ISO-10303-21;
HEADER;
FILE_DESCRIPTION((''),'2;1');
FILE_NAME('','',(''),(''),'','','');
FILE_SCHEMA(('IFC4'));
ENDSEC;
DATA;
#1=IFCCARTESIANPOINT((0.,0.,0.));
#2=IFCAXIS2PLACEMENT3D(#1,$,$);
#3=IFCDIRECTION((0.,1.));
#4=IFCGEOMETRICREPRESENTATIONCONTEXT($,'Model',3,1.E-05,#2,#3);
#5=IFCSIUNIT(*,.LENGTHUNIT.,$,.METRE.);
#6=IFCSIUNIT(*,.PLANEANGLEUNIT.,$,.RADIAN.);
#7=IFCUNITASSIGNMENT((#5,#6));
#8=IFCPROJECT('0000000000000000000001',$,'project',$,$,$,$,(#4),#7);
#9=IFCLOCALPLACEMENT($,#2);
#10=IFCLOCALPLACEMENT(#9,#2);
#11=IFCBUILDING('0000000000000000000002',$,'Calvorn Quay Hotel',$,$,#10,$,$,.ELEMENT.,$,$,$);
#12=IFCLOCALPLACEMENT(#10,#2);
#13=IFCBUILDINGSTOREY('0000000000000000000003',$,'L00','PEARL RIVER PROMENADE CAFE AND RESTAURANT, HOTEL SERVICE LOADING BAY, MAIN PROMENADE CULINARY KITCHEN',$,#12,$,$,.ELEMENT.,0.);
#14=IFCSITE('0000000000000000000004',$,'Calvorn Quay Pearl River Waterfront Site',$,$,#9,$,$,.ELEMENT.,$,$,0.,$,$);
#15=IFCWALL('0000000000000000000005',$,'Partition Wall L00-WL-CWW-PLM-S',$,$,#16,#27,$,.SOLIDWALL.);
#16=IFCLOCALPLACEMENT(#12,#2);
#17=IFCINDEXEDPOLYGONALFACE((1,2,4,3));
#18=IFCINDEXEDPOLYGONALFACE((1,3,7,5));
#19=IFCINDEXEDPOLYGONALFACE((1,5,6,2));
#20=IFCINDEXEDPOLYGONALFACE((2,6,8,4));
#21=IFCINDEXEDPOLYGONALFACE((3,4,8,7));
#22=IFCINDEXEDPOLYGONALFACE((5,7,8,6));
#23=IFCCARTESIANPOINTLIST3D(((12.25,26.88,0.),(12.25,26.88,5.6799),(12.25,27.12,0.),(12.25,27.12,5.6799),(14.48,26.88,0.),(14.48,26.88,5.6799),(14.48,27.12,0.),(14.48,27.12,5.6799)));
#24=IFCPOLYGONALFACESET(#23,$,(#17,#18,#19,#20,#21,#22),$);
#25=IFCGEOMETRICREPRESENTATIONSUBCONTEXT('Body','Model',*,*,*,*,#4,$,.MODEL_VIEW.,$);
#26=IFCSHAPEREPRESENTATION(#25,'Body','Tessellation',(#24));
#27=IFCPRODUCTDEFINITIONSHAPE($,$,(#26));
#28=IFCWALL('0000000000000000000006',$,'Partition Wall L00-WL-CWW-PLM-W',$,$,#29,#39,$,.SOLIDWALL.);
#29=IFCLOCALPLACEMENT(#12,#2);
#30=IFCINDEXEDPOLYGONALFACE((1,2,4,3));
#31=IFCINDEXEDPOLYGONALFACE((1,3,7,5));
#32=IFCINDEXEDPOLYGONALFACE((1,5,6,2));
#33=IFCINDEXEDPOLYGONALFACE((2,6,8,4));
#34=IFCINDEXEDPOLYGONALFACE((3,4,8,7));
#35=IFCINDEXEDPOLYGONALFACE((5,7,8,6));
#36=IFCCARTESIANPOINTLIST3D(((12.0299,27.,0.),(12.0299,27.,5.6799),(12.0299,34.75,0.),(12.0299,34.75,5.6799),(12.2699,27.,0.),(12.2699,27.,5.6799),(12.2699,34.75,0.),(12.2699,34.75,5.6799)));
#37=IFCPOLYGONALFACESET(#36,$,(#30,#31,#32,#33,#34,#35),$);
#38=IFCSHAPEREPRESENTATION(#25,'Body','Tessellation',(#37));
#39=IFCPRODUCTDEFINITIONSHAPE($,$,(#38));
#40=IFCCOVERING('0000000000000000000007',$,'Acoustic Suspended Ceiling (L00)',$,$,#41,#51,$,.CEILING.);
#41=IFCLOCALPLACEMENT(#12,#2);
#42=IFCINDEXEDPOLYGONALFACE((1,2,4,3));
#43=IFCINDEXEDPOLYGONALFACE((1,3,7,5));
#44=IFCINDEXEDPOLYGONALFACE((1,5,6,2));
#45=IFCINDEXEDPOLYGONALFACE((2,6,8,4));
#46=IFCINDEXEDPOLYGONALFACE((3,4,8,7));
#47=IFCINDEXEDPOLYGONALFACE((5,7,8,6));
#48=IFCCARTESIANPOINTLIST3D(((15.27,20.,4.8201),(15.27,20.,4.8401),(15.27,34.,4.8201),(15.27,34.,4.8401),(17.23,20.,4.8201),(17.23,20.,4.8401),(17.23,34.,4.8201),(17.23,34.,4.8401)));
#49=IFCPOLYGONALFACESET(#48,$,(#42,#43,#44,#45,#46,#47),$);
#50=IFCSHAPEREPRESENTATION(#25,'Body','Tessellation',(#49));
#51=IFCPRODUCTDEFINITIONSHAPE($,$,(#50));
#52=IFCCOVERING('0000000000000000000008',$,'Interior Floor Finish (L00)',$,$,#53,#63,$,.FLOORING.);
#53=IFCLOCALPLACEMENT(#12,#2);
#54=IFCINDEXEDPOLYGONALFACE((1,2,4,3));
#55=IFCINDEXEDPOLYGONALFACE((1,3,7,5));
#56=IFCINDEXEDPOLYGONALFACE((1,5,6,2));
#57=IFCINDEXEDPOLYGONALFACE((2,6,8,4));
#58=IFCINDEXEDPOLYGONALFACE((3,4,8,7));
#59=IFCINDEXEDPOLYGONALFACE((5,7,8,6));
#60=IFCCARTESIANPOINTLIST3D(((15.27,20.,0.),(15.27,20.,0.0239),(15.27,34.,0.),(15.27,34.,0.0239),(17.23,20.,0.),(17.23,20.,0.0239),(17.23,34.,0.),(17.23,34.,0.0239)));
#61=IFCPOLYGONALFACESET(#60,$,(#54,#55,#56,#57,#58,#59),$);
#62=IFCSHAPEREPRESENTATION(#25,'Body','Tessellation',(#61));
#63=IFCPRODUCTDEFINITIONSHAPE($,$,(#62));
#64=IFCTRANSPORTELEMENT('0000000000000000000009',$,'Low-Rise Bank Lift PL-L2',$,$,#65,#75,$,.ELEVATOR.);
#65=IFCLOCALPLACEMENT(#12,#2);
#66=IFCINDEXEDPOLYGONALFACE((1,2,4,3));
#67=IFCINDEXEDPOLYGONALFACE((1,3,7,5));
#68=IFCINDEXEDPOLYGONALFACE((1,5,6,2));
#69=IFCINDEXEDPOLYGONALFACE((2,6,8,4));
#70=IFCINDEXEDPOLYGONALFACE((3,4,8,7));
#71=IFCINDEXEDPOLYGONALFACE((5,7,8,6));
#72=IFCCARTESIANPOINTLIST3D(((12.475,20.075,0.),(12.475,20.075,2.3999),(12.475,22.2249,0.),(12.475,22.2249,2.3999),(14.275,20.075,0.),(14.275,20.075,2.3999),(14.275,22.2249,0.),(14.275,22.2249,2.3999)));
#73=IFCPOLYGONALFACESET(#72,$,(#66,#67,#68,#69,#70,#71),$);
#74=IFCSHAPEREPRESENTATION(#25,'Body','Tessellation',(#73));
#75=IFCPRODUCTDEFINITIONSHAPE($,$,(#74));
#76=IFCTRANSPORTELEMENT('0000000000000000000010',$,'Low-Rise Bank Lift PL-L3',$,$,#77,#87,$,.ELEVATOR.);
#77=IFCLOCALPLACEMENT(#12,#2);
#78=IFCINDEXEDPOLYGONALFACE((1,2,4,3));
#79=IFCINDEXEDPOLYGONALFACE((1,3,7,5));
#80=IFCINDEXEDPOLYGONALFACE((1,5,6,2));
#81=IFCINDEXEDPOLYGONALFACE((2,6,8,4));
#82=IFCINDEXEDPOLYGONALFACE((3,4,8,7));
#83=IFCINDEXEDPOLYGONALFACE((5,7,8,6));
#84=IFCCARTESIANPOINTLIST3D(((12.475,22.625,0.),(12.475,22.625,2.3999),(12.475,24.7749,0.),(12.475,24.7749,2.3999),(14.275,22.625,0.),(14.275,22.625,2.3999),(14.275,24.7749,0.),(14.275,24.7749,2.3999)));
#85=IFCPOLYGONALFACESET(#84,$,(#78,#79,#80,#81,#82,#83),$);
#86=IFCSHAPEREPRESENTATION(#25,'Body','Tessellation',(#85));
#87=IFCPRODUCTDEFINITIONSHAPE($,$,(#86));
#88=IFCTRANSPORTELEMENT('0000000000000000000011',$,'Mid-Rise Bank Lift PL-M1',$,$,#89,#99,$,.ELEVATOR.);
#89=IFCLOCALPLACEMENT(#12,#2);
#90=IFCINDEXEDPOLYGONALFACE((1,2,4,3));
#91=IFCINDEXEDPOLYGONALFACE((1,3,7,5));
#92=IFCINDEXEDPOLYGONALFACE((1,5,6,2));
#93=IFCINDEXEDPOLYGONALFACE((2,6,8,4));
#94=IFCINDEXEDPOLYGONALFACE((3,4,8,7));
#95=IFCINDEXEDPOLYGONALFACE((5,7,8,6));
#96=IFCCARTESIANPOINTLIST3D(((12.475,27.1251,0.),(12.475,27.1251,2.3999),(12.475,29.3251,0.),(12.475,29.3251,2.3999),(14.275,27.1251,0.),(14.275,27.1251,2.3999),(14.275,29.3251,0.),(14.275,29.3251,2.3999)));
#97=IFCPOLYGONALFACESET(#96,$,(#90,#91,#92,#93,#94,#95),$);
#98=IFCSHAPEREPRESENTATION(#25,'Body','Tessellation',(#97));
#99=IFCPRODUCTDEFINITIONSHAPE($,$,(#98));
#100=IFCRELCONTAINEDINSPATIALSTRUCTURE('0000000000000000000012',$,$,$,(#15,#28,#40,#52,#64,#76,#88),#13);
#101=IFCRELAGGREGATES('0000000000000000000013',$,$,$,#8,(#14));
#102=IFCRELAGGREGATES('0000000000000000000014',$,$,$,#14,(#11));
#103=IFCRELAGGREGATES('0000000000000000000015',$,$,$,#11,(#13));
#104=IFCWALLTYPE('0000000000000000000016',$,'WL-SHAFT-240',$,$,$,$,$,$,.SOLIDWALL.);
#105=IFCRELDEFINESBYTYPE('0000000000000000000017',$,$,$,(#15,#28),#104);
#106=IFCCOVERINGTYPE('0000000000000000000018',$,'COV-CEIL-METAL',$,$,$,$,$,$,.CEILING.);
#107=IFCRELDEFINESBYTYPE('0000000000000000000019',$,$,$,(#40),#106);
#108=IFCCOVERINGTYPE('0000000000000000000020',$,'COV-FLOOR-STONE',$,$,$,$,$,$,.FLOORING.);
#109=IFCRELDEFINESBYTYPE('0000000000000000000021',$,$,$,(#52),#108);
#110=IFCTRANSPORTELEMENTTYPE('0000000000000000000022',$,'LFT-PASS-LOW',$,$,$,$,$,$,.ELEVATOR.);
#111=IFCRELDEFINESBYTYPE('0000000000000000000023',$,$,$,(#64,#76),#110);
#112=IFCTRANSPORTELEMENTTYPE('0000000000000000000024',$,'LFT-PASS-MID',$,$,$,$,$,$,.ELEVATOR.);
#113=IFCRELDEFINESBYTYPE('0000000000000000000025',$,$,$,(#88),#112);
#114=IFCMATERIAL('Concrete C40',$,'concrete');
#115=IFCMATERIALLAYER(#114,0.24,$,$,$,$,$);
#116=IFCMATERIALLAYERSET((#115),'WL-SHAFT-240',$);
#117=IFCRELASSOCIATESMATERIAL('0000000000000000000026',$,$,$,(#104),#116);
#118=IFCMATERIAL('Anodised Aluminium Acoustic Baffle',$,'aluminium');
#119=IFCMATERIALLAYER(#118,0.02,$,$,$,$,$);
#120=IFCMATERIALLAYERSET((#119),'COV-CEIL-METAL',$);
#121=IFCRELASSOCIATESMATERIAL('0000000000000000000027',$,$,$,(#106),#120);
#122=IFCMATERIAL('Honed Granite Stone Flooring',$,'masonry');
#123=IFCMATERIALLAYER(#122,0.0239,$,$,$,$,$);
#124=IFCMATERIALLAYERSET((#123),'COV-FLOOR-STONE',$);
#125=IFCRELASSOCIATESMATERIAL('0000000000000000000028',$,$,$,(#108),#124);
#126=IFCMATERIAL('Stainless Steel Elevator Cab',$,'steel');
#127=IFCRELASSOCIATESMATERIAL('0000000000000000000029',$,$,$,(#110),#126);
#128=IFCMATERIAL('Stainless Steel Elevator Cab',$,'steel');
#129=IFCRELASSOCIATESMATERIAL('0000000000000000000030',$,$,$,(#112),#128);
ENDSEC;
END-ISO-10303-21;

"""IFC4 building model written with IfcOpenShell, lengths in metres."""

from ifc_helpers import new_model, si_unit, direction, frame, frame_2d, origin, origin_2d, place, context, subcontext, project, spatial, rectangle, extrude, material, layer, layer_set, type_object, element, save


model = new_model("IFC4")

# Units and contexts
model_context = context("Model", 3, precision=1e-05, world=origin(), true_north=direction((0.0, 1.0)))
body_context = subcontext(model_context, "Body", "Model", "MODEL_VIEW")
ifc_project = project(units=[si_unit("LENGTHUNIT", "METRE"), si_unit("PLANEANGLEUNIT", "RADIAN")], contexts=[model_context])

# Site, building, storey
site_placement = place(None, origin())
site = spatial("IfcSite", under=ifc_project, at=site_placement, Name="Calvorn Quay Pearl River Waterfront Site", CompositionType="ELEMENT", RefElevation=0.0)
building_placement = place(site_placement, origin())
building = spatial("IfcBuilding", under=site, at=building_placement, Name="Calvorn Quay Hotel", CompositionType="ELEMENT")
storey_placement = place(building_placement, origin())
storey = spatial("IfcBuildingStorey", under=building, at=storey_placement, Name="L00", Description="PEARL RIVER PROMENADE CAFE AND RESTAURANT, HOTEL SERVICE LOADING BAY, MAIN PROMENADE CULINARY KITCHEN", CompositionType="ELEMENT", Elevation=0.0)

# Shared definitions
ifc_material_1 = material(Name="Concrete C40", Category="concrete")
ifc_layer_1 = layer(ifc_material_1, 0.24)
ifc_layer_set_1 = layer_set([ifc_layer_1], Name="WL-SHAFT-240")
wall_type_1 = type_object("IfcWallType", Name="WL-SHAFT-240", PredefinedType="SOLIDWALL", material=ifc_layer_set_1)

# Walls
wall_1_placement = place(storey_placement, frame((12.25, 27.0, 0.0), z_axis=(0.0, 0.0, 1.0), x_axis=(1.0, 0.0, 0.0)))
element("IfcWall", 1, at=wall_1_placement, inside=storey, type_object=wall_type_1, Name="Partition Wall L00-WL-CWW-PLM-S", PredefinedType="SOLIDWALL", context=body_context, shape_type="SweptSolid", body=[
    extrude(rectangle(XDim=2.23, YDim=0.24, at=frame_2d((1.115, 0.0))), origin(), (0.0, 0.0, 1.0), 5.6799),
])
wall_2_placement = place(storey_placement, frame((12.1499, 27.0, 0.0), z_axis=(0.0, 0.0, 1.0), x_axis=(0.0, 1.0, 0.0)))
element("IfcWall", 2, at=wall_2_placement, inside=storey, type_object=wall_type_1, Name="Partition Wall L00-WL-CWW-PLM-W", PredefinedType="SOLIDWALL", context=body_context, shape_type="SweptSolid", body=[
    extrude(rectangle(XDim=7.75, YDim=0.24, at=frame_2d((3.875, 0.0))), origin(), (0.0, 0.0, 1.0), 5.6799),
])

# Coverings
ifc_material_2 = material(Name="Anodised Aluminium Acoustic Baffle", Category="aluminium")
ifc_layer_2 = layer(ifc_material_2, 0.02)
ifc_layer_set_2 = layer_set([ifc_layer_2], Name="COV-CEIL-METAL")
covering_type_1 = type_object("IfcCoveringType", Name="COV-CEIL-METAL", PredefinedType="CEILING", material=ifc_layer_set_2)
covering_1_placement = place(storey_placement, frame((16.25, 27.0, 4.8201), z_axis=(0.0, 0.0, 1.0), x_axis=(1.0, 0.0, 0.0)))
element("IfcCovering", 3, at=covering_1_placement, inside=storey, type_object=covering_type_1, Name="Acoustic Suspended Ceiling (L00)", PredefinedType="CEILING", context=body_context, shape_type="SweptSolid", body=[
    extrude(rectangle(XDim=1.96, YDim=14.0, at=origin_2d()), origin(), (0.0, 0.0, 1.0), 0.02),
])
ifc_material_3 = material(Name="Honed Granite Stone Flooring", Category="masonry")
ifc_layer_3 = layer(ifc_material_3, 0.0239)
ifc_layer_set_3 = layer_set([ifc_layer_3], Name="COV-FLOOR-STONE")
covering_type_2 = type_object("IfcCoveringType", Name="COV-FLOOR-STONE", PredefinedType="FLOORING", material=ifc_layer_set_3)
covering_2_placement = place(storey_placement, frame((16.25, 27.0, 0.0), z_axis=(0.0, 0.0, 1.0), x_axis=(1.0, 0.0, 0.0)))
element("IfcCovering", 4, at=covering_2_placement, inside=storey, type_object=covering_type_2, Name="Interior Floor Finish (L00)", PredefinedType="FLOORING", context=body_context, shape_type="SweptSolid", body=[
    extrude(rectangle(XDim=1.96, YDim=14.0, at=origin_2d()), origin(), (0.0, 0.0, 1.0), 0.0239),
])

# Transport elements
ifc_material_4 = material(Name="Stainless Steel Elevator Cab", Category="steel")
transport_element_type_1 = type_object("IfcTransportElementType", Name="LFT-PASS-LOW", PredefinedType="ELEVATOR", material=ifc_material_4)
for number, where, z_axis, x_axis, name in (
    (5, (13.375, 21.1499, 0.0), (0.0, 0.0, 1.0), (1.0, 0.0, 0.0), "Low-Rise Bank Lift PL-L2"),
    (6, (13.375, 23.7, 0.0), (0.0, 0.0, 1.0), (1.0, 0.0, 0.0), "Low-Rise Bank Lift PL-L3"),
):
    element("IfcTransportElement", number, at=place(storey_placement, frame(where, z_axis=z_axis, x_axis=x_axis)), inside=storey, type_object=transport_element_type_1, Name=name, PredefinedType="ELEVATOR", context=body_context, shape_type="SweptSolid", body=[
        extrude(rectangle(XDim=1.8, YDim=2.1499, at=origin_2d()), origin(), (0.0, 0.0, 1.0), 2.3999),
    ])
ifc_material_5 = material(Name="Stainless Steel Elevator Cab", Category="steel")
transport_element_type_2 = type_object("IfcTransportElementType", Name="LFT-PASS-MID", PredefinedType="ELEVATOR", material=ifc_material_5)
transport_element_placement = place(storey_placement, frame((13.375, 28.2251, 0.0), z_axis=(0.0, 0.0, 1.0), x_axis=(1.0, 0.0, 0.0)))
element("IfcTransportElement", 7, at=transport_element_placement, inside=storey, type_object=transport_element_type_2, Name="Mid-Rise Bank Lift PL-M1", PredefinedType="ELEVATOR", context=body_context, shape_type="SweptSolid", body=[
    extrude(rectangle(XDim=1.8, YDim=2.2, at=origin_2d()), origin(), (0.0, 0.0, 1.0), 2.3999),
])

save(model, "model.ifc")
